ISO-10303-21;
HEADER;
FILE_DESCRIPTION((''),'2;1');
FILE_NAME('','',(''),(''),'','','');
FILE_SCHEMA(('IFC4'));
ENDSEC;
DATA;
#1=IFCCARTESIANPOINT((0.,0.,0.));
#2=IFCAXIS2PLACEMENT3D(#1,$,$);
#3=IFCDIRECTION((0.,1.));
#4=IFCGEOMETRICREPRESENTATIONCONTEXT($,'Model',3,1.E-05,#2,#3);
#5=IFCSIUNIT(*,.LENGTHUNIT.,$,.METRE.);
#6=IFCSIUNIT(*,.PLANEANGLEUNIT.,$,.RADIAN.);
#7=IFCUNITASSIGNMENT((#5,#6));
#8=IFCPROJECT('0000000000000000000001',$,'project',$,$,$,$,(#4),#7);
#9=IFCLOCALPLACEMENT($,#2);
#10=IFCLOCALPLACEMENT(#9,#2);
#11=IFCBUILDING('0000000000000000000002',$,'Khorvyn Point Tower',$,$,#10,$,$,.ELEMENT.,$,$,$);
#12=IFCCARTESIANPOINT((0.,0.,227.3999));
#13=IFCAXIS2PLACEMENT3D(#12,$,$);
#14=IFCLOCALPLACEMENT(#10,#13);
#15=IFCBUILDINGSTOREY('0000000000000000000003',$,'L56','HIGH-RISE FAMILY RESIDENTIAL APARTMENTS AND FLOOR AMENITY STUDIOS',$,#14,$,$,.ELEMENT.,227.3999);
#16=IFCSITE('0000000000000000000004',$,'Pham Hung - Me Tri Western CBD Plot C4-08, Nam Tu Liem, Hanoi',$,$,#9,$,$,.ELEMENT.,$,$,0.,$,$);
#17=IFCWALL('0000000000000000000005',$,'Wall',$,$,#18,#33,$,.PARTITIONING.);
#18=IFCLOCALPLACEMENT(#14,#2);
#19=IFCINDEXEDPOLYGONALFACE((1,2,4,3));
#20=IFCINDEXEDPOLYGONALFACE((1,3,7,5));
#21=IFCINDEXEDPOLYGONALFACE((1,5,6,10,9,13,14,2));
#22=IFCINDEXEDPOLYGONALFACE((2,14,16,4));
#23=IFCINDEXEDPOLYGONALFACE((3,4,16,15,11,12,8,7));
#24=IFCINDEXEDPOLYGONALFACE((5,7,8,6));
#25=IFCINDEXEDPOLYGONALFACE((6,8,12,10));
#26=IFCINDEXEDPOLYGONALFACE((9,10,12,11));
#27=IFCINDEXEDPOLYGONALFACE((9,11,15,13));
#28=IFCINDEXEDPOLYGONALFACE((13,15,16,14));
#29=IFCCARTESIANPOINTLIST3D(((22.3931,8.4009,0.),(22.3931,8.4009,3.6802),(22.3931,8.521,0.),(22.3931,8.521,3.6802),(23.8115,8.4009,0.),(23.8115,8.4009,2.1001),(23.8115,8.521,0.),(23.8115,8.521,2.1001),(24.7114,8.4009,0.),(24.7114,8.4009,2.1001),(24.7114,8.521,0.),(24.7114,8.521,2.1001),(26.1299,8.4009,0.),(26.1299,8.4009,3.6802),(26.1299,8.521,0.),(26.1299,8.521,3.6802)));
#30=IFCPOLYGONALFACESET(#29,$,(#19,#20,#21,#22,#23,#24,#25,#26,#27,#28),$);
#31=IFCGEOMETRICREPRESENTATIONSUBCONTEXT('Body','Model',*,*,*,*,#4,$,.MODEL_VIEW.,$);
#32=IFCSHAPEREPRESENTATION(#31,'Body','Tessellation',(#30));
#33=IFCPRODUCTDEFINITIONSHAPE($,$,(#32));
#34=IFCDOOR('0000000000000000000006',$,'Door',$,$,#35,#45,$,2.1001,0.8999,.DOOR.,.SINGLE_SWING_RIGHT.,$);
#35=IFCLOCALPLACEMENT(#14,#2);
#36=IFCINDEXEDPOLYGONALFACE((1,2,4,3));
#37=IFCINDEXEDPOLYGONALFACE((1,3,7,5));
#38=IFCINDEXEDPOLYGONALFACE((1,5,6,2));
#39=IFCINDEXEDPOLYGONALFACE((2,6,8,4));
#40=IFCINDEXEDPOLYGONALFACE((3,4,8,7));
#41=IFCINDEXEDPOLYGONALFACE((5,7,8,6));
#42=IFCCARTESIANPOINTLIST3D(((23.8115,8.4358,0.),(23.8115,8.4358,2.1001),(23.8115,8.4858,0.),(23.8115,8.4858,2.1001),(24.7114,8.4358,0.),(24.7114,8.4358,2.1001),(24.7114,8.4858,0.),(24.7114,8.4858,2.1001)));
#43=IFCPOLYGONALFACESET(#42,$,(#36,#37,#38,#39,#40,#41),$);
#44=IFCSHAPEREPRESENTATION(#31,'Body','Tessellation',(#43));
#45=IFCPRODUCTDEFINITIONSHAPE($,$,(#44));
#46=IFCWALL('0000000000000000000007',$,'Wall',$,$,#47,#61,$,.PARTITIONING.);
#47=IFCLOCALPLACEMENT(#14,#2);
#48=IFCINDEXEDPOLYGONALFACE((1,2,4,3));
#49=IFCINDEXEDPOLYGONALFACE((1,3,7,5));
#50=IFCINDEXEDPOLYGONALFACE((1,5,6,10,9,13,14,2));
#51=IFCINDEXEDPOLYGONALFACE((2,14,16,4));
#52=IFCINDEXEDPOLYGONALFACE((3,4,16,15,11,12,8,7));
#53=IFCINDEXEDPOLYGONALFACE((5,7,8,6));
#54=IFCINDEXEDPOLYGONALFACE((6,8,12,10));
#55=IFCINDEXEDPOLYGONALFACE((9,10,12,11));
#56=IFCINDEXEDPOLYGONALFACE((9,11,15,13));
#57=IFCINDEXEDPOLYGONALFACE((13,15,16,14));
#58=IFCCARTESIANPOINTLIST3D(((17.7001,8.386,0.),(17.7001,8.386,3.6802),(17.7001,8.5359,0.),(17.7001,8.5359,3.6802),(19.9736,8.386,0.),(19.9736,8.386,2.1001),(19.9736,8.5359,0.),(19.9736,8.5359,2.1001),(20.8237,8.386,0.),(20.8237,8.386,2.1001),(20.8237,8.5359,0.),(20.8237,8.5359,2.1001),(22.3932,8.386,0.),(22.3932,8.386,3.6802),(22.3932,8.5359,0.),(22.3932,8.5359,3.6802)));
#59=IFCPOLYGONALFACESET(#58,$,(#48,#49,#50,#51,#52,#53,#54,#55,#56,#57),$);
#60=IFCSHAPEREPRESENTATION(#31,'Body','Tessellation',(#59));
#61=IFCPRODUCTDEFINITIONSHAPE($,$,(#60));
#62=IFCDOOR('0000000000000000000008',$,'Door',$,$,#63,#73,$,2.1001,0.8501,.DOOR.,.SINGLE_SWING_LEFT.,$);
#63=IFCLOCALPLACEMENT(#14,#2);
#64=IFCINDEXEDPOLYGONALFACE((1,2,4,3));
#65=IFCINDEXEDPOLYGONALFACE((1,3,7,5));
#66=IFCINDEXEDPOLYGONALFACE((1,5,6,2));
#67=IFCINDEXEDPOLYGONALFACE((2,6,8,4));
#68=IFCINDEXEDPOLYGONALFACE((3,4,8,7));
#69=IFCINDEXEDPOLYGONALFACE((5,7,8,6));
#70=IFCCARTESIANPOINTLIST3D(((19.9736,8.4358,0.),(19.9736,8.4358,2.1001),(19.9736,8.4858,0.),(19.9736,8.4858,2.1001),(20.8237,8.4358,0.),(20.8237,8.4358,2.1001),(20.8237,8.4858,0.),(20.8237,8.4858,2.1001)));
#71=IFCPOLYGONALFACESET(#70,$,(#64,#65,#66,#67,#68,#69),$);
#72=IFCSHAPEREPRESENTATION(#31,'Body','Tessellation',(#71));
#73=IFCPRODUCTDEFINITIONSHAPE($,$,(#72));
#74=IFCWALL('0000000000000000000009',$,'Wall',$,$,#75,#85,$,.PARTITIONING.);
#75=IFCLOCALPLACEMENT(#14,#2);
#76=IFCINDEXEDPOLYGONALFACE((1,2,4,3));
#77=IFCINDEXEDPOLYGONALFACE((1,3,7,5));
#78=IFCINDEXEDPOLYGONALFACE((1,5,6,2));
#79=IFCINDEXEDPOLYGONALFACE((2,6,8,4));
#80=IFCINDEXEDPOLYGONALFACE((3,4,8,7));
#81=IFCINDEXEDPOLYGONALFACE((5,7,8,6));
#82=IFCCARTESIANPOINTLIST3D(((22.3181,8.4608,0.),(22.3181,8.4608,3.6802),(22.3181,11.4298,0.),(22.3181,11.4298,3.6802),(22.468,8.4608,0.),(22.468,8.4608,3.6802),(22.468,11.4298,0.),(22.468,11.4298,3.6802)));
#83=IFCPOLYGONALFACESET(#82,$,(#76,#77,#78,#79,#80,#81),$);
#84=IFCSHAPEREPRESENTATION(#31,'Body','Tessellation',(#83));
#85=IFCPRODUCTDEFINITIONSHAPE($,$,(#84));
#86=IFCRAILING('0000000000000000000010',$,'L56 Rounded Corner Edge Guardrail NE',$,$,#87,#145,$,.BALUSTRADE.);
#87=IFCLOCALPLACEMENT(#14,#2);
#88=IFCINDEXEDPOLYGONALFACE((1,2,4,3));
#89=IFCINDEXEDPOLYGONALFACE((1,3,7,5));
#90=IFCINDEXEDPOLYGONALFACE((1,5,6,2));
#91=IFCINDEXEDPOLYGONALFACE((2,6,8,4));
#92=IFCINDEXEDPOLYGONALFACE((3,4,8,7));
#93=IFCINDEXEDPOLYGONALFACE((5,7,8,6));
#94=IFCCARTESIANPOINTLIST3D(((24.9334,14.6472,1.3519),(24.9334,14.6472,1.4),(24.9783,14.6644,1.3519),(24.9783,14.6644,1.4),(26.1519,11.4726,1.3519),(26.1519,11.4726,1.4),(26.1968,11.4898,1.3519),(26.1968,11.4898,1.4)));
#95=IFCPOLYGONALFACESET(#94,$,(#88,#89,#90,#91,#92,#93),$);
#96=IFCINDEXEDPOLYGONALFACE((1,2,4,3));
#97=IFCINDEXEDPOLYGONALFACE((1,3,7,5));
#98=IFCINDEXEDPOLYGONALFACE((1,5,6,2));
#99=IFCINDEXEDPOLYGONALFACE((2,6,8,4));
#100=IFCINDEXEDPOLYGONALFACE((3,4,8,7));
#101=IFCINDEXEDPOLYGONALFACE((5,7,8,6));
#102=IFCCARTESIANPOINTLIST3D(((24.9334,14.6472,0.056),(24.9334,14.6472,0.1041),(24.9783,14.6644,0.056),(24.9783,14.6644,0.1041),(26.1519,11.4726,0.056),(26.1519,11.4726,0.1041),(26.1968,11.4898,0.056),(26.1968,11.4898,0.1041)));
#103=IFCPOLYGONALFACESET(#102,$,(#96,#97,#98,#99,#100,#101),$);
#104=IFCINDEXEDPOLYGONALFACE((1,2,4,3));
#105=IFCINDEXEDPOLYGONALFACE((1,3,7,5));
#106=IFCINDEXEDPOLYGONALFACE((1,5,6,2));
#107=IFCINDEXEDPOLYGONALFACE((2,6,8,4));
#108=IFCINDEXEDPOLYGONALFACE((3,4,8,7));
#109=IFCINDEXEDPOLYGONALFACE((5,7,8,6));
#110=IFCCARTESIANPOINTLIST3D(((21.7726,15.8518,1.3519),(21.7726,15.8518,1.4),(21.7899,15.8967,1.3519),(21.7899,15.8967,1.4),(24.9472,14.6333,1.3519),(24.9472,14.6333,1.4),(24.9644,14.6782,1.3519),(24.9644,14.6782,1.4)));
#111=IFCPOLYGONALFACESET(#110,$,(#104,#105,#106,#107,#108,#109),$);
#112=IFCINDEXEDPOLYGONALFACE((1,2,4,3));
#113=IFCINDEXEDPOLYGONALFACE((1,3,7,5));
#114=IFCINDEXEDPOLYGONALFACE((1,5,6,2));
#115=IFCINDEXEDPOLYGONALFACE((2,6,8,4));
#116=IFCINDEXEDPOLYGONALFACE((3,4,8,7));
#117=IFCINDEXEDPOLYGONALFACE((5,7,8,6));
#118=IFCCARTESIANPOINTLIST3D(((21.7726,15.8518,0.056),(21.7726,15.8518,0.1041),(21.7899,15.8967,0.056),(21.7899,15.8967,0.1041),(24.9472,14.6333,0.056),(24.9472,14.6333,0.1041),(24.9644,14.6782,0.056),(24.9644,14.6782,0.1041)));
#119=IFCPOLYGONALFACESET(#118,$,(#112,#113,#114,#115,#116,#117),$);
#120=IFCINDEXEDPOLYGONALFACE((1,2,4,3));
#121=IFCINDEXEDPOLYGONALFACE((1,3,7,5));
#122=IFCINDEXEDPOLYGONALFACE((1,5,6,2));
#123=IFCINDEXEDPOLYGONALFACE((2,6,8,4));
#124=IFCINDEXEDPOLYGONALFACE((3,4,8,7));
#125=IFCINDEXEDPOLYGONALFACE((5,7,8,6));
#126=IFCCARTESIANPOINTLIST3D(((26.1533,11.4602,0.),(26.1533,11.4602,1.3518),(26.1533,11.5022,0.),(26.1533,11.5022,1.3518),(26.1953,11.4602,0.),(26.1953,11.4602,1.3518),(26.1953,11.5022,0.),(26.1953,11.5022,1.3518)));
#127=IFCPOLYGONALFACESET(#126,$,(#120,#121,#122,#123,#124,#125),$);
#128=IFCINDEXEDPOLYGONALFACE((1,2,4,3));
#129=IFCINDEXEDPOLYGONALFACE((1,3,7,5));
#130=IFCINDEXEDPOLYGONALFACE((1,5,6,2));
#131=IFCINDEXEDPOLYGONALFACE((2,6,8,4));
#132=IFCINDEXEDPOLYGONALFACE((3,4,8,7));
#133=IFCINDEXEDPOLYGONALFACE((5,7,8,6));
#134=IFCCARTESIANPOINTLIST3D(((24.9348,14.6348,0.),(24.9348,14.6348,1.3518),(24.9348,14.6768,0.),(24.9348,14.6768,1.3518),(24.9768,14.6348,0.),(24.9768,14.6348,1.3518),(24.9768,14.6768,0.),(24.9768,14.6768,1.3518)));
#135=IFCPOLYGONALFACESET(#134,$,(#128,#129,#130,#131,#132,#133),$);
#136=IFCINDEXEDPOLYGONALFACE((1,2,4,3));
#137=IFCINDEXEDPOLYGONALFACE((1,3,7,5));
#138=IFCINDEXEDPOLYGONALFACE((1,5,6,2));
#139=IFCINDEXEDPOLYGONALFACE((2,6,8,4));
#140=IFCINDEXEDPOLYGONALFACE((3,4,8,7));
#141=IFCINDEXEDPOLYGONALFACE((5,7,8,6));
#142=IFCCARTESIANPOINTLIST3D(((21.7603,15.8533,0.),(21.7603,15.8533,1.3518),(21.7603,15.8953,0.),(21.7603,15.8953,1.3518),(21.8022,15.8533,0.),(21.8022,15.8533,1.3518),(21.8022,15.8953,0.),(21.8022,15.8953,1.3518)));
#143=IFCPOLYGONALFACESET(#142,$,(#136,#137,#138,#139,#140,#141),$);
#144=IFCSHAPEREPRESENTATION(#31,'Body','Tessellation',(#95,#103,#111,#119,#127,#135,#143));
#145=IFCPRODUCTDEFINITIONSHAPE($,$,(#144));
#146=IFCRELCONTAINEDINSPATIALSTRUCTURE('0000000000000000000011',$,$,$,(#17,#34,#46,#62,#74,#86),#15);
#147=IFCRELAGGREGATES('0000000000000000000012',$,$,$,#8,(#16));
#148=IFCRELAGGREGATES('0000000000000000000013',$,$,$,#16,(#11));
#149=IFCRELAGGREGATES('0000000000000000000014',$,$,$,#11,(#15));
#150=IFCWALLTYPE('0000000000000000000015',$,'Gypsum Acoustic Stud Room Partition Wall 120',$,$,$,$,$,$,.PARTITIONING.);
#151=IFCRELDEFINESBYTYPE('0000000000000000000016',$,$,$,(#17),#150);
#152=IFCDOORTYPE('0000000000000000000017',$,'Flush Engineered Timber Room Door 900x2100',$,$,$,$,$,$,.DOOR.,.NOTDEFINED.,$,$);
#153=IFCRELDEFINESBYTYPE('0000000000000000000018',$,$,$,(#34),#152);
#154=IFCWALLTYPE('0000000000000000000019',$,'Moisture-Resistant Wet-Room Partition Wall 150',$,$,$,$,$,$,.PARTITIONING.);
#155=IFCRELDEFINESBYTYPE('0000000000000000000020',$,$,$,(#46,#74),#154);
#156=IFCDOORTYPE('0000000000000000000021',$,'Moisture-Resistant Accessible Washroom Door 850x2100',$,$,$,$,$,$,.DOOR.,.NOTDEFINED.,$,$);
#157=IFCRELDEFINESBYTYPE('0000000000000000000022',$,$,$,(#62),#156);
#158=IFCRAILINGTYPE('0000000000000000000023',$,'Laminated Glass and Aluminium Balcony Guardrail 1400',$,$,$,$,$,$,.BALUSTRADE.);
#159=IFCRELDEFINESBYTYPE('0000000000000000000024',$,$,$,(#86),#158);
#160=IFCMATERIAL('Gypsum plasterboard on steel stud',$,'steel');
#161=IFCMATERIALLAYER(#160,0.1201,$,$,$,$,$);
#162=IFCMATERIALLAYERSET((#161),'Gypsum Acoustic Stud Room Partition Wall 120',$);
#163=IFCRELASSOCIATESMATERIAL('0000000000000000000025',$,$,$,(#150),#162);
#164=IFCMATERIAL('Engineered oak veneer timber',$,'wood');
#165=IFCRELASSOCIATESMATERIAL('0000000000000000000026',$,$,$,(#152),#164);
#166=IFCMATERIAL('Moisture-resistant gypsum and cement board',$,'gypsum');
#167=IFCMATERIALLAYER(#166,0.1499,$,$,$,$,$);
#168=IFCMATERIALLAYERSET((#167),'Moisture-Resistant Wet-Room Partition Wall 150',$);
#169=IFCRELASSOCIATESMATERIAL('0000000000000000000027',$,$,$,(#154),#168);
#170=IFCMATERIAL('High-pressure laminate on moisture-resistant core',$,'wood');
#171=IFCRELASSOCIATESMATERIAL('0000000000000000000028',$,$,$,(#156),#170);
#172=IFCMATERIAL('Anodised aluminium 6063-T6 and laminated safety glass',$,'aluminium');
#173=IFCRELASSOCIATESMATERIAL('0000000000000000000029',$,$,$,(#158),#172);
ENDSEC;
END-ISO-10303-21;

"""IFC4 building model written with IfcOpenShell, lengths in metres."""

from ifc_helpers import new_model, si_unit, direction, frame, frame_2d, origin, origin_2d, place, context, subcontext, project, spatial, rectangle, extrude, material, layer, layer_set, type_object, element, fill, save


model = new_model("IFC4")

# Units and contexts
model_context = context("Model", 3, precision=1e-05, world=origin(), true_north=direction((0.0, 1.0)))
body_context = subcontext(model_context, "Body", "Model", "MODEL_VIEW")
ifc_project = project(units=[si_unit("LENGTHUNIT", "METRE"), si_unit("PLANEANGLEUNIT", "RADIAN")], contexts=[model_context])

# Site, building, storey
site_placement = place(None, origin())
site = spatial("IfcSite", under=ifc_project, at=site_placement, Name="Pham Hung - Me Tri Western CBD Plot C4-08, Nam Tu Liem, Hanoi", CompositionType="ELEMENT", RefElevation=0.0)
building_placement = place(site_placement, origin())
building = spatial("IfcBuilding", under=site, at=building_placement, Name="Khorvyn Point Tower", CompositionType="ELEMENT")
storey_placement = place(building_placement, frame((0.0, 0.0, 227.3999)))
storey = spatial("IfcBuildingStorey", under=building, at=storey_placement, Name="L56", Description="HIGH-RISE FAMILY RESIDENTIAL APARTMENTS AND FLOOR AMENITY STUDIOS", CompositionType="ELEMENT", Elevation=227.3999)

# Walls, openings, doors
ifc_material_1 = material(Name="Gypsum plasterboard on steel stud", Category="steel")
ifc_layer_1 = layer(ifc_material_1, 0.1201)
ifc_layer_set_1 = layer_set([ifc_layer_1], Name="Gypsum Acoustic Stud Room Partition Wall 120")
wall_type_1 = type_object("IfcWallType", Name="Gypsum Acoustic Stud Room Partition Wall 120", PredefinedType="PARTITIONING", material=ifc_layer_set_1)
wall_1_placement = place(storey_placement, frame((22.3931, 8.4609, 0.0), z_axis=(0.0, 0.0, 1.0), x_axis=(1.0, 0.0, 0.0)))
wall_1 = element("IfcWall", 1, at=wall_1_placement, inside=storey, type_object=wall_type_1, Name="Wall", PredefinedType="PARTITIONING", context=body_context, shape_type="SweptSolid", body=[
    extrude(rectangle(XDim=3.7368, YDim=0.1201, at=frame_2d((1.8684, 0.0))), origin(), (0.0, 0.0, 1.0), 3.6802),
])
opening_1_placement = place(wall_1_placement, frame((1.4185, 0.0, 0.0)))
opening_1 = element("IfcOpeningElement", 2, at=opening_1_placement, cuts=wall_1, PredefinedType="OPENING", context=body_context, shape_type="SweptSolid", body=[
    extrude(rectangle(XDim=0.8999, YDim=2.1001, at=frame_2d((0.45, 1.05))), frame((0.0, 0.0701, 0.0), z_axis=(0.0, -1.0, 0.0), x_axis=(1.0, 0.0, 0.0)), (0.0, 0.0, 1.0), 0.1401),
])
ifc_material_2 = material(Name="Engineered oak veneer timber", Category="wood")
door_type_1 = type_object("IfcDoorType", Name="Flush Engineered Timber Room Door 900x2100", OperationType="NOTDEFINED", PredefinedType="DOOR", material=ifc_material_2)
door_1_placement = place(opening_1_placement, origin())
door_1 = element("IfcDoor", 3, at=door_1_placement, inside=storey, type_object=door_type_1, Name="Door", OperationType="SINGLE_SWING_RIGHT", OverallHeight=2.1001, OverallWidth=0.8999, PredefinedType="DOOR", context=body_context, shape_type="SweptSolid", body=[
    extrude(rectangle(XDim=0.8999, YDim=2.1001, at=frame_2d((0.45, 1.05))), frame((0.0, 0.0249, 0.0), z_axis=(0.0, -1.0, 0.0), x_axis=(1.0, 0.0, 0.0)), (0.0, 0.0, 1.0), 0.05),
])
fill(opening_1, door_1)
ifc_material_3 = material(Name="Moisture-resistant gypsum and cement board", Category="gypsum")
ifc_layer_2 = layer(ifc_material_3, 0.1499)
ifc_layer_set_2 = layer_set([ifc_layer_2], Name="Moisture-Resistant Wet-Room Partition Wall 150")
wall_type_2 = type_object("IfcWallType", Name="Moisture-Resistant Wet-Room Partition Wall 150", PredefinedType="PARTITIONING", material=ifc_layer_set_2)
wall_2_placement = place(storey_placement, frame((17.7, 8.4609, 0.0), z_axis=(0.0, 0.0, 1.0), x_axis=(1.0, 0.0, 0.0)))
wall_2 = element("IfcWall", 4, at=wall_2_placement, inside=storey, type_object=wall_type_2, Name="Wall", PredefinedType="PARTITIONING", context=body_context, shape_type="SweptSolid", body=[
    extrude(rectangle(XDim=4.6931, YDim=0.1499, at=frame_2d((2.3467, 0.0))), origin(), (0.0, 0.0, 1.0), 3.6802),
])
opening_2_placement = place(wall_2_placement, frame((2.2737, 0.0, 0.0)))
opening_2 = element("IfcOpeningElement", 5, at=opening_2_placement, cuts=wall_2, PredefinedType="OPENING", context=body_context, shape_type="SweptSolid", body=[
    extrude(rectangle(XDim=0.8501, YDim=2.1001, at=frame_2d((0.425, 1.05))), frame((0.0, 0.085, 0.0), z_axis=(0.0, -1.0, 0.0), x_axis=(1.0, 0.0, 0.0)), (0.0, 0.0, 1.0), 0.1699),
])
ifc_material_4 = material(Name="High-pressure laminate on moisture-resistant core", Category="wood")
door_type_2 = type_object("IfcDoorType", Name="Moisture-Resistant Accessible Washroom Door 850x2100", OperationType="NOTDEFINED", PredefinedType="DOOR", material=ifc_material_4)
door_2_placement = place(opening_2_placement, origin())
door_2 = element("IfcDoor", 6, at=door_2_placement, inside=storey, type_object=door_type_2, Name="Door", OperationType="SINGLE_SWING_LEFT", OverallHeight=2.1001, OverallWidth=0.8501, PredefinedType="DOOR", context=body_context, shape_type="SweptSolid", body=[
    extrude(rectangle(XDim=0.8501, YDim=2.1001, at=frame_2d((0.425, 1.05))), frame((0.0, 0.0249, 0.0), z_axis=(0.0, -1.0, 0.0), x_axis=(1.0, 0.0, 0.0)), (0.0, 0.0, 1.0), 0.05),
])
fill(opening_2, door_2)

# Wall
wall_3_placement = place(storey_placement, frame((22.3931, 8.4609, 0.0), z_axis=(0.0, 0.0, 1.0), x_axis=(0.0, 1.0, 0.0)))
element("IfcWall", 7, at=wall_3_placement, inside=storey, type_object=wall_type_2, Name="Wall", PredefinedType="PARTITIONING", context=body_context, shape_type="SweptSolid", body=[
    extrude(rectangle(XDim=2.969, YDim=0.1499, at=frame_2d((1.4844, 0.0))), origin(), (0.0, 0.0, 1.0), 3.6802),
])

# Railing
ifc_material_5 = material(Name="Anodised aluminium 6063-T6 and laminated safety glass", Category="aluminium")
railing_type = type_object("IfcRailingType", Name="Laminated Glass and Aluminium Balcony Guardrail 1400", PredefinedType="BALUSTRADE", material=ifc_material_5)
railing_placement = place(storey_placement, frame((26.1743, 11.4812, 0.0)))
element("IfcRailing", 8, at=railing_placement, inside=storey, type_object=railing_type, Name="L56 Rounded Corner Edge Guardrail NE", PredefinedType="BALUSTRADE", context=body_context, shape_type="SweptSolid", body=[
    extrude(rectangle(XDim=0.0481, YDim=0.0481, at=origin_2d()), frame((0.0, 0.0, 1.376), z_axis=(-0.358344, 0.93359, 0.0), x_axis=(-0.93359, -0.358344, 0.0)), (0.0, 0.0, 1.0), 3.4004),
    extrude(rectangle(XDim=0.0481, YDim=0.0481, at=origin_2d()), frame((0.0, 0.0, 0.0801), z_axis=(-0.358344, 0.93359, 0.0), x_axis=(-0.93359, -0.358344, 0.0)), (0.0, 0.0, 1.0), 3.4004),
    extrude(rectangle(XDim=0.0481, YDim=0.0481, at=origin_2d()), frame((-1.2185, 3.1746, 1.376), z_axis=(-0.93359, 0.358344, 0.0), x_axis=(-0.358344, -0.93359, 0.0)), (0.0, 0.0, 1.0), 3.4004),
    extrude(rectangle(XDim=0.0481, YDim=0.0481, at=origin_2d()), frame((-1.2185, 3.1746, 0.0801), z_axis=(-0.93359, 0.358344, 0.0), x_axis=(-0.358344, -0.93359, 0.0)), (0.0, 0.0, 1.0), 3.4004),
    extrude(rectangle(XDim=0.042, YDim=0.042, at=origin_2d()), origin(), (0.0, 0.0, 1.0), 1.3518),
    extrude(rectangle(XDim=0.042, YDim=0.042, at=origin_2d()), frame((-1.2185, 3.1746, 0.0)), (0.0, 0.0, 1.0), 1.3518),
    extrude(rectangle(XDim=0.042, YDim=0.042, at=origin_2d()), frame((-4.3931, 4.3931, 0.0)), (0.0, 0.0, 1.0), 1.3518),
])

save(model, "model.ifc")
